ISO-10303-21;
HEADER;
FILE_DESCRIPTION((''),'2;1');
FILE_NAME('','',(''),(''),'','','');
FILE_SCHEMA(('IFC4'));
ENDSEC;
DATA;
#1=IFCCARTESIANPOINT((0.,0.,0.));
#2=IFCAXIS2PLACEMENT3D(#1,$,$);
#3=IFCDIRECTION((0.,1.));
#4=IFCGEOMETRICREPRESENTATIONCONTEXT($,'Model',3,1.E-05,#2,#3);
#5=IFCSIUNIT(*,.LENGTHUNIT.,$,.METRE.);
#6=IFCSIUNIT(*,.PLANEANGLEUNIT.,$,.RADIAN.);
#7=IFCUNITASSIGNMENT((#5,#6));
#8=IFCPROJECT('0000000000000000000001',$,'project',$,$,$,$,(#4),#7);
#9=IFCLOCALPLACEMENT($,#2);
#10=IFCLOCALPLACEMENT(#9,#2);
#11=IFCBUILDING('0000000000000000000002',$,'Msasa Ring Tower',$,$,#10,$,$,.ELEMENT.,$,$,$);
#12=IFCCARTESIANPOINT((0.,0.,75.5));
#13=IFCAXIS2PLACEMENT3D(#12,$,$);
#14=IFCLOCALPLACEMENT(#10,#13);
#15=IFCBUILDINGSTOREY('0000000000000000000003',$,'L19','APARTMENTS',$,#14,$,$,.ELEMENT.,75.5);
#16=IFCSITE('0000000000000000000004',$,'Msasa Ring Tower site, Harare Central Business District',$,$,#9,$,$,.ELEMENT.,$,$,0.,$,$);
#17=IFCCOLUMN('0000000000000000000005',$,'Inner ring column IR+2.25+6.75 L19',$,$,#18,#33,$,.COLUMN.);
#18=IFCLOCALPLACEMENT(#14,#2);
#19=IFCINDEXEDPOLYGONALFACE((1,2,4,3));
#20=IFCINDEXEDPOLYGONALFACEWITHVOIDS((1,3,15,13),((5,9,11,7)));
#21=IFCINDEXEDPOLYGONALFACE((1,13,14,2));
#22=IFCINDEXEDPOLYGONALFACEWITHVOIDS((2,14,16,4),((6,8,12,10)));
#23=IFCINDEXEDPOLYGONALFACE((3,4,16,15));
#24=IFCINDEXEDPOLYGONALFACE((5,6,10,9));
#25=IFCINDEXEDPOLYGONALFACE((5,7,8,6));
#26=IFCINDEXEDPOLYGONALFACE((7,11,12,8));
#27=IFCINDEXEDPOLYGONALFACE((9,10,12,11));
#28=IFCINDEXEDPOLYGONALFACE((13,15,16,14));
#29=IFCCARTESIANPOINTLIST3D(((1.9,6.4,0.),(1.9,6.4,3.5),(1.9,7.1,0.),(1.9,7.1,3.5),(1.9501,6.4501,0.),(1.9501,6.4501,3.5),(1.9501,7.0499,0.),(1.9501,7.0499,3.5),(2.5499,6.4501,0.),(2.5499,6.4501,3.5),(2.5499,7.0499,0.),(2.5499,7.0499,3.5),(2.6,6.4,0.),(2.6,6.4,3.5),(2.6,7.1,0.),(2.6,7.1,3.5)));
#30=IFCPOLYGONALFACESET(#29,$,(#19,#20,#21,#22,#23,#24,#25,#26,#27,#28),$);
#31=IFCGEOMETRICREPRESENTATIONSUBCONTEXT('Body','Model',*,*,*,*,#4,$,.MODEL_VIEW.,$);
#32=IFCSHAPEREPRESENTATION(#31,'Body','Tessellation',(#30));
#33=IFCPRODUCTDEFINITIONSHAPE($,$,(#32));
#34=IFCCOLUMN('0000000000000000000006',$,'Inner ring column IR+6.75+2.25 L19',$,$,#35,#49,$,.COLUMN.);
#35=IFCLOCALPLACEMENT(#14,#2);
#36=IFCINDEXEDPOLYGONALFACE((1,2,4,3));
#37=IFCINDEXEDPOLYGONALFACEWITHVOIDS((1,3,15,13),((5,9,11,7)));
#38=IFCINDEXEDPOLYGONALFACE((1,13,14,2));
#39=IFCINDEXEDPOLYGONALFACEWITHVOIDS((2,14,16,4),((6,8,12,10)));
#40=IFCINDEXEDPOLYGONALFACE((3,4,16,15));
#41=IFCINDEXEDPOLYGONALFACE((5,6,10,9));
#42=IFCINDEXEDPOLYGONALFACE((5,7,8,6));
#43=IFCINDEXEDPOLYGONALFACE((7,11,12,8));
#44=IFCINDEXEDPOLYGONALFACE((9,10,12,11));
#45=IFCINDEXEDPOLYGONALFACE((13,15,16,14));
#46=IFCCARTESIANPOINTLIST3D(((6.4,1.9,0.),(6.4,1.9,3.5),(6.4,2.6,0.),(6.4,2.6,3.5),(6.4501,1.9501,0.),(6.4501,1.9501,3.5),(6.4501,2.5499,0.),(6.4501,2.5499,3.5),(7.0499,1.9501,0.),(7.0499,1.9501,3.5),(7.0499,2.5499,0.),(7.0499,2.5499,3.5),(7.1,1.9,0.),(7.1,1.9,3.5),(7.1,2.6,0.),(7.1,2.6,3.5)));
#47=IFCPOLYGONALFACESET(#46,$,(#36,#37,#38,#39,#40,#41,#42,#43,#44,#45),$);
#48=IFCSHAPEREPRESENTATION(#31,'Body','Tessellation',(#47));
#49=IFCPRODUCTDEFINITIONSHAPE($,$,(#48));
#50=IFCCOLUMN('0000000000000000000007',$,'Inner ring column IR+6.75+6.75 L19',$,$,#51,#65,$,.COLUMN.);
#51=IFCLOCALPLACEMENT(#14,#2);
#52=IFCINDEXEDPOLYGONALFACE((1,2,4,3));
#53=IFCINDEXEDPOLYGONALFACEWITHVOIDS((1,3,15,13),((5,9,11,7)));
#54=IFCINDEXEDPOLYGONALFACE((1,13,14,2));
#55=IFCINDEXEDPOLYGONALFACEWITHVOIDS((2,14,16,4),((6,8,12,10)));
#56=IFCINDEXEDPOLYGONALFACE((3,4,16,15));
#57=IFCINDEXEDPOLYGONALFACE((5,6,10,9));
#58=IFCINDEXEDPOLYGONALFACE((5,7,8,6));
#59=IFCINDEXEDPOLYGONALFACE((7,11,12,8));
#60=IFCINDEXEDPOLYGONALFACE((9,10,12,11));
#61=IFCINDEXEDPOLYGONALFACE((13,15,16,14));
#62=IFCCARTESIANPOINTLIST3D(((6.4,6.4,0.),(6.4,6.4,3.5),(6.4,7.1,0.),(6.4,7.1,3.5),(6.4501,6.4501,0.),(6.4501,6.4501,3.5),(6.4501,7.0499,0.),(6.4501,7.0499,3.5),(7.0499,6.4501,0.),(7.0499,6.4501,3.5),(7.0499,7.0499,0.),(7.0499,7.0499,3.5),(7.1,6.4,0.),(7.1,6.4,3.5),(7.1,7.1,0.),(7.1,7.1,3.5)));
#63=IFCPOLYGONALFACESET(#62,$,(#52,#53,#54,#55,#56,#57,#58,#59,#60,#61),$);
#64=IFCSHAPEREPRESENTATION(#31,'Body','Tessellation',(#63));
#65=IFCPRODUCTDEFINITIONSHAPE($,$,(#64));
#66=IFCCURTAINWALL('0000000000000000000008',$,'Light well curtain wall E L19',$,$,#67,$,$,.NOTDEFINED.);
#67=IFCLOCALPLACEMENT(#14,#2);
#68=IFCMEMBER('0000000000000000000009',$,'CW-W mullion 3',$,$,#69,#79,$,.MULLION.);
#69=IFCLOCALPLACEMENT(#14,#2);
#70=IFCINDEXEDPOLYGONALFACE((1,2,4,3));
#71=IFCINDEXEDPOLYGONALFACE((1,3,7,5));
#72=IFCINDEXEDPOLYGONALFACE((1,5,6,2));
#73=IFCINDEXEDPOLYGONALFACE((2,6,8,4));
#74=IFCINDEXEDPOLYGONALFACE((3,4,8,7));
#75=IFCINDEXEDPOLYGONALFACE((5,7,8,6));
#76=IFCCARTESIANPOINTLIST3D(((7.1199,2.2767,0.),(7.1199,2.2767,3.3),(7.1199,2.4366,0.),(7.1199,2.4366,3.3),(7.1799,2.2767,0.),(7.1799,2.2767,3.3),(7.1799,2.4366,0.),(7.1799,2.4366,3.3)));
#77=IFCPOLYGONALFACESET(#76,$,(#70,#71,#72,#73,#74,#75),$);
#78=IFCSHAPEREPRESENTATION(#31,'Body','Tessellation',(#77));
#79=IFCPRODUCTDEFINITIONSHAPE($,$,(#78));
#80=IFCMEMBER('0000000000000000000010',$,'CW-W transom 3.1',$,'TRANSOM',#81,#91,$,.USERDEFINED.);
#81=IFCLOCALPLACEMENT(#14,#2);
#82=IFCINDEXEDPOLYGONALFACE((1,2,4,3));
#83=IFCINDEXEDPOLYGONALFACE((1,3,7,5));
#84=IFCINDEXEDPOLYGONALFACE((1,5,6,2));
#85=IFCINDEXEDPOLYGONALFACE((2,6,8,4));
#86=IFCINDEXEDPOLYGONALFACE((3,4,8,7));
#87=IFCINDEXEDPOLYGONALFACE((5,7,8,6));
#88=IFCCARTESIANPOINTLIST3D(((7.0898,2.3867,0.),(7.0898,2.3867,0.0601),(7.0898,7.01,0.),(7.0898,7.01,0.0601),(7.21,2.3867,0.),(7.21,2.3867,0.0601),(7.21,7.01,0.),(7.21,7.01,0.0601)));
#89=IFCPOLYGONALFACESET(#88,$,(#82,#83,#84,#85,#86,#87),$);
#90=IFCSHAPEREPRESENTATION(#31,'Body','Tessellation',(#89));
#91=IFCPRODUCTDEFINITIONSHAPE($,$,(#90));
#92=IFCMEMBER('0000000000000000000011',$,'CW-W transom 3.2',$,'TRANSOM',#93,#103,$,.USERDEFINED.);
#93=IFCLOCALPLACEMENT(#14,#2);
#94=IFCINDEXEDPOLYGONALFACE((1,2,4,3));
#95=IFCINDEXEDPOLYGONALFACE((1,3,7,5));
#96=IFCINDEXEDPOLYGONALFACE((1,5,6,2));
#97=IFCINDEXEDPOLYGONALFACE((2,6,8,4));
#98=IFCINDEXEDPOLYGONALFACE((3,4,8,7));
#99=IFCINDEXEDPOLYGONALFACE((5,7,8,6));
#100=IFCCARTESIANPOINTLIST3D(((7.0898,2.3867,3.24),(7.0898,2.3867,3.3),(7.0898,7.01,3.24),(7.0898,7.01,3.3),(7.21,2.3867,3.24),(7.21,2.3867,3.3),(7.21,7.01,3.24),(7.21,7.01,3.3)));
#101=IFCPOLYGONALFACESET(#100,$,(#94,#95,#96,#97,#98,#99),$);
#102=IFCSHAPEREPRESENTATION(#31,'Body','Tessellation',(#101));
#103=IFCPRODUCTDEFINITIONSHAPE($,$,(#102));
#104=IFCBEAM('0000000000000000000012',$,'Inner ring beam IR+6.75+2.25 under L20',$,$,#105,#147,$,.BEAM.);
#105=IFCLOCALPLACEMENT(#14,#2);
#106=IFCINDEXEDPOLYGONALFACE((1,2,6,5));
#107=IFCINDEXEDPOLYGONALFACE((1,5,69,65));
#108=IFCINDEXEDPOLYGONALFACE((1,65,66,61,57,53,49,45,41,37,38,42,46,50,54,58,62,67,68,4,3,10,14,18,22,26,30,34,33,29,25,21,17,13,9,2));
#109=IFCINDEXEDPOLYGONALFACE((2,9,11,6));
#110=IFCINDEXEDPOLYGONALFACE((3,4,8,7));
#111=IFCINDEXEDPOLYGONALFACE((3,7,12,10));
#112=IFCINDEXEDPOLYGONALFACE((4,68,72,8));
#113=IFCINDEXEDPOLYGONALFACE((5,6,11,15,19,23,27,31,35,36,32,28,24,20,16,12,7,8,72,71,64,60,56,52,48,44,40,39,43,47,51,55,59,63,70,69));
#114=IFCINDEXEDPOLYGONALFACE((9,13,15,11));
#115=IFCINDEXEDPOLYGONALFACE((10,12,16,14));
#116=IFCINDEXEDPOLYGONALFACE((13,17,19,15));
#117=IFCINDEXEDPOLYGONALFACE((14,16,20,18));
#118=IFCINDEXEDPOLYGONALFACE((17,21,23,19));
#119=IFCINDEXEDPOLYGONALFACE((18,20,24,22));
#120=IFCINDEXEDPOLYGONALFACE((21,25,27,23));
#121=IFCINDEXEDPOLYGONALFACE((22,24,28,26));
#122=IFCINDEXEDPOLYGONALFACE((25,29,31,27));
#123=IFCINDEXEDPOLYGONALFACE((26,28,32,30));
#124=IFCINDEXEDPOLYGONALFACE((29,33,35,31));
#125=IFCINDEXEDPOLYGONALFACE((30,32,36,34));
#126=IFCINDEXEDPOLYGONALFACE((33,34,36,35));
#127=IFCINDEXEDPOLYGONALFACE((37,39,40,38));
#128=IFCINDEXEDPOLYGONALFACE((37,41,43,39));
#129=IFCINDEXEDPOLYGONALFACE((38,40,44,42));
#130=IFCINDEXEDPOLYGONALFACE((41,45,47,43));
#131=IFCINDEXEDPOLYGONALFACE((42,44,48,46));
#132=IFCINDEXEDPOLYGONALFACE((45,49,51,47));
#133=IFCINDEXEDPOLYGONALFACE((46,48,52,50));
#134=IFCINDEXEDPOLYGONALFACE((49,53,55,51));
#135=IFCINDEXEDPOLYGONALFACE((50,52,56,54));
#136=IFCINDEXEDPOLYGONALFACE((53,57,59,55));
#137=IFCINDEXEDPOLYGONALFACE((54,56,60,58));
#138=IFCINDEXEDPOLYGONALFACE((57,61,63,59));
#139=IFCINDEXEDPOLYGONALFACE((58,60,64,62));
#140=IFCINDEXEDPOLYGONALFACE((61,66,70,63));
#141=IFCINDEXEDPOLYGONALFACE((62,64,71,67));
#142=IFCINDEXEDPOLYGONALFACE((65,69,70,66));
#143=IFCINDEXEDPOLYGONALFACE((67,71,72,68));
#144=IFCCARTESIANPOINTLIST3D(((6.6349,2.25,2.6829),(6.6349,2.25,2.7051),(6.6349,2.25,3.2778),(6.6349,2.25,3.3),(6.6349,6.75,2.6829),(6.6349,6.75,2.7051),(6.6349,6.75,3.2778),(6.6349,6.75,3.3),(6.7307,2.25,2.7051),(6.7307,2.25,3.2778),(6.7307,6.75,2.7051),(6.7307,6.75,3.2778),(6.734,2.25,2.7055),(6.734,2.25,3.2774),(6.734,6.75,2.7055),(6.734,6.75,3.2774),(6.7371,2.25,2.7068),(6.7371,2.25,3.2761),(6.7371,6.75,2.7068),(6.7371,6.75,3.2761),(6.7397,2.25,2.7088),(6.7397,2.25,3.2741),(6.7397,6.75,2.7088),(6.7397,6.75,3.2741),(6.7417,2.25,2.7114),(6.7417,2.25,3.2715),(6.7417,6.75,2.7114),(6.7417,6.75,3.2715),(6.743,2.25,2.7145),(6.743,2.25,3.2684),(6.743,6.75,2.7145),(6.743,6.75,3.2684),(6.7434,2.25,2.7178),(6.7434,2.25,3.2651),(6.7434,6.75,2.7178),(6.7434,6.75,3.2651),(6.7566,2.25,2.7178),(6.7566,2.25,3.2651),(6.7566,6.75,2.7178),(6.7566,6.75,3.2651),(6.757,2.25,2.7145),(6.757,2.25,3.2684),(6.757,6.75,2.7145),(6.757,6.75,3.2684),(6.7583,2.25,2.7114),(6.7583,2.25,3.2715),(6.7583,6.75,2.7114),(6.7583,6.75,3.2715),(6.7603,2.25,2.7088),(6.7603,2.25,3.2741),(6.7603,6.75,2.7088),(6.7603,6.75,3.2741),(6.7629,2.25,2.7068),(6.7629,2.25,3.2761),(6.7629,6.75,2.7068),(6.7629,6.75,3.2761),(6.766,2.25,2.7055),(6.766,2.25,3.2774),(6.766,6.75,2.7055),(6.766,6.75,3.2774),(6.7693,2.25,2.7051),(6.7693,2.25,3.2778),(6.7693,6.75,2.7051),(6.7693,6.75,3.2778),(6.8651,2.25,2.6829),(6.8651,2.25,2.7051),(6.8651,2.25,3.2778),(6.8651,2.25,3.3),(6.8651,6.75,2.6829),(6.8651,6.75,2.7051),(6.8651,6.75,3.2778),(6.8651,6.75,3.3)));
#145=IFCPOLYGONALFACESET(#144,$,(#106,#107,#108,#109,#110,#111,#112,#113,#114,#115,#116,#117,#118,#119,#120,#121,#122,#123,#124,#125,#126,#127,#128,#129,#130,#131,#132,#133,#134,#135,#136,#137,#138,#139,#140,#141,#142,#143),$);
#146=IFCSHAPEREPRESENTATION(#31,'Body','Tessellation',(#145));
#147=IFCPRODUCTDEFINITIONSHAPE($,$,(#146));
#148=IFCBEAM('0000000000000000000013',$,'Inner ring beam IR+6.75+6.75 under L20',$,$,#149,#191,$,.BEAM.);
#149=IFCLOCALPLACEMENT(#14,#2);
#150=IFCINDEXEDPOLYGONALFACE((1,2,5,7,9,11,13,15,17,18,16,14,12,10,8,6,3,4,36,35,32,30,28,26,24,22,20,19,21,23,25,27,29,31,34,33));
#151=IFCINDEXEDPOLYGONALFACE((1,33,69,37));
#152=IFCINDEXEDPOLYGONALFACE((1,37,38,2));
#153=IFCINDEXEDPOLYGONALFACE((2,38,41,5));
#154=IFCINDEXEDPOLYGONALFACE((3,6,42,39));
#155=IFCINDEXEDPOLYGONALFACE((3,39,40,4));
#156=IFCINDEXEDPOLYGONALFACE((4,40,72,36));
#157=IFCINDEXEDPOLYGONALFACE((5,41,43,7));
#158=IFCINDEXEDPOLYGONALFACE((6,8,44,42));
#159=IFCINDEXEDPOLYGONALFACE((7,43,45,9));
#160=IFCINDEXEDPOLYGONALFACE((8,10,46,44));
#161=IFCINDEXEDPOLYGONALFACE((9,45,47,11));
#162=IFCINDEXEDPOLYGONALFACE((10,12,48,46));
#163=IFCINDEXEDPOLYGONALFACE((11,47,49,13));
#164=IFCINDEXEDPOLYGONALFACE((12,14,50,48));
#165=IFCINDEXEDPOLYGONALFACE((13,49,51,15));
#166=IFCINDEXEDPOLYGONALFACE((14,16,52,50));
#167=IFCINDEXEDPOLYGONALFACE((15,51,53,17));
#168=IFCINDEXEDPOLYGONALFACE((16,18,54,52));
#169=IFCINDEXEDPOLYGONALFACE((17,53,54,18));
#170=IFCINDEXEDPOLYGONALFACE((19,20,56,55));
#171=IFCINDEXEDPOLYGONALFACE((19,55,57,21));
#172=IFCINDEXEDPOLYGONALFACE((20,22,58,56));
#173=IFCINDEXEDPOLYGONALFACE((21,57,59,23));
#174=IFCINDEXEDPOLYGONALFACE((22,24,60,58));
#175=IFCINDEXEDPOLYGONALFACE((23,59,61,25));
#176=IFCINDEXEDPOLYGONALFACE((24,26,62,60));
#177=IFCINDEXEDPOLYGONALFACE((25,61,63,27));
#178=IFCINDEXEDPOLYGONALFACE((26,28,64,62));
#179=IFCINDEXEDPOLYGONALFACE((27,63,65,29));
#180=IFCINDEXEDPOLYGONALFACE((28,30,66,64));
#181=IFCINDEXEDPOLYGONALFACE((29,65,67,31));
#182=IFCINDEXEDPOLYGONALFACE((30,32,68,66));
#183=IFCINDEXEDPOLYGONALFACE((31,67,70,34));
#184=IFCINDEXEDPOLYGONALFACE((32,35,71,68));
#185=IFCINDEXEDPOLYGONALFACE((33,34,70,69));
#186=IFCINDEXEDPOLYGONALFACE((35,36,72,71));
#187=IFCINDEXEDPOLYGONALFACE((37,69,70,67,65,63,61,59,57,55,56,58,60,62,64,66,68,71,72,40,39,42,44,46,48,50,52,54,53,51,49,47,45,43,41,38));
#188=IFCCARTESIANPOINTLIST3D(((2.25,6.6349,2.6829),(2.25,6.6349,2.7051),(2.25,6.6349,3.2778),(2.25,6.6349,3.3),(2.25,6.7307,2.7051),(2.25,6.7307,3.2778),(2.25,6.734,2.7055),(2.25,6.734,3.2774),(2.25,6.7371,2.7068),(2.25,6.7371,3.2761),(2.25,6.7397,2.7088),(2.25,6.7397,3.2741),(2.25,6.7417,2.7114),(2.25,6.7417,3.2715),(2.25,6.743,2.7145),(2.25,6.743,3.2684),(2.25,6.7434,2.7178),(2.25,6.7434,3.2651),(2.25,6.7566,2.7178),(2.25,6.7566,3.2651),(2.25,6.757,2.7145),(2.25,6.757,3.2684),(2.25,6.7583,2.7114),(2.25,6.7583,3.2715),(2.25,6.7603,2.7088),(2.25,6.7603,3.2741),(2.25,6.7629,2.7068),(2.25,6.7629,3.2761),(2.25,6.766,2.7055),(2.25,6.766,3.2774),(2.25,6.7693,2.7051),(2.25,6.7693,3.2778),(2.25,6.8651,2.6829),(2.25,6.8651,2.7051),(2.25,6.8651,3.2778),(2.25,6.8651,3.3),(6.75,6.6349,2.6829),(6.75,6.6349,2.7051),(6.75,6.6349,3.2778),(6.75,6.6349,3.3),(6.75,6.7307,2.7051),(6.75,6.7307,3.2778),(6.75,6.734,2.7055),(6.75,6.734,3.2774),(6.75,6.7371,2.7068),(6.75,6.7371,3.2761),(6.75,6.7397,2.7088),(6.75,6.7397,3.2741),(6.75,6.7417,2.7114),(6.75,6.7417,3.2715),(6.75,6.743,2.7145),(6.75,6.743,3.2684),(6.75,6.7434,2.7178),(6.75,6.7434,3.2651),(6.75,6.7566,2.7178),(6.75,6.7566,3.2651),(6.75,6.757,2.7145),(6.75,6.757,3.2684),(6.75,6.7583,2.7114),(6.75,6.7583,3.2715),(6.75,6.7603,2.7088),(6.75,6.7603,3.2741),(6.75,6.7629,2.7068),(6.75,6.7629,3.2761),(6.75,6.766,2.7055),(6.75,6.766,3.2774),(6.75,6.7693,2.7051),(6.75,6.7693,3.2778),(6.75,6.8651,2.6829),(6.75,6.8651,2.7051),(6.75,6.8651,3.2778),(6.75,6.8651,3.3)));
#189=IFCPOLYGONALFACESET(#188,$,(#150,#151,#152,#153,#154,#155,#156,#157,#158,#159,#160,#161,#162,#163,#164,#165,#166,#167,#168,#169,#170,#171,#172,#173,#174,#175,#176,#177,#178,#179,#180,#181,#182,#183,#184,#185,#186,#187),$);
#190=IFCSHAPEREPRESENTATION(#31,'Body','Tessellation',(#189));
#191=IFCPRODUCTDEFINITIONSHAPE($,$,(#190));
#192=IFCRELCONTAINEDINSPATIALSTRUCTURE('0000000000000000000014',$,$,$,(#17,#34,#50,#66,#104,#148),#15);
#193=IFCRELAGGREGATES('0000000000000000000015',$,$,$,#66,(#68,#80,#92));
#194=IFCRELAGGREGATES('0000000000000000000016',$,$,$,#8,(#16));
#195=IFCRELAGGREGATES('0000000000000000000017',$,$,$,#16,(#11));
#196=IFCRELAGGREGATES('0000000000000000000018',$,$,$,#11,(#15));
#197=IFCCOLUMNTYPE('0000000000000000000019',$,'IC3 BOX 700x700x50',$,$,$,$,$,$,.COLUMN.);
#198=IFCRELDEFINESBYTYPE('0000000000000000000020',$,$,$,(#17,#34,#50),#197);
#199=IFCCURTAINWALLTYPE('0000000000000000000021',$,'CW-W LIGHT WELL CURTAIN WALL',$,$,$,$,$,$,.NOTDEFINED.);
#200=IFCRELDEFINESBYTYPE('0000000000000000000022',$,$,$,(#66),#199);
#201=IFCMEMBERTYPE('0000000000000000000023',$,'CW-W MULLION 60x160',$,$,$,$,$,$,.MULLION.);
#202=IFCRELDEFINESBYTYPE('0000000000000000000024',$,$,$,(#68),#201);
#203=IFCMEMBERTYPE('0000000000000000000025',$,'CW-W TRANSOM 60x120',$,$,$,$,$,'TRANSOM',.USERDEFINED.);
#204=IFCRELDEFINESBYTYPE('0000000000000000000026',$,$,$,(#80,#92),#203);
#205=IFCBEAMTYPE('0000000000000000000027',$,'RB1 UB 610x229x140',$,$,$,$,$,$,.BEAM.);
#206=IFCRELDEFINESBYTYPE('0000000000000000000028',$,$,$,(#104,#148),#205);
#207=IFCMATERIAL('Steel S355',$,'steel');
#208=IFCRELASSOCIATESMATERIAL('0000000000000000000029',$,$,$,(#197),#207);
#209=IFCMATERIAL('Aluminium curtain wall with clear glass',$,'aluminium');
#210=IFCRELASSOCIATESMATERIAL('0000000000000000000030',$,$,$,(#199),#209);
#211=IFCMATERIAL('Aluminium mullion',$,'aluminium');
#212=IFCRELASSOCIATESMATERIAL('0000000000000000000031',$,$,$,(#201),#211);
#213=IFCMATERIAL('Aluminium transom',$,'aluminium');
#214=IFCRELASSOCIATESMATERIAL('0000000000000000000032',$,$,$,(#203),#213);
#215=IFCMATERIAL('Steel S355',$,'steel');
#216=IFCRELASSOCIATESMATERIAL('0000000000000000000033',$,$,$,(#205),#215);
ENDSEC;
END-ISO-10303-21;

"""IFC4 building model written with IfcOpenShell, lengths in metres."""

from ifc_helpers import new_model, si_unit, direction, frame, origin, origin_2d, place, context, subcontext, project, spatial, rectangle, hollow_rectangle, i_section, extrude, material, material_profile, profile_set, type_object, element, aggregate, save


model = new_model("IFC4")

# Units and contexts
model_context = context("Model", 3, precision=1e-05, world=origin(), true_north=direction((0.0, 1.0)))
body_context = subcontext(model_context, "Body", "Model", "MODEL_VIEW")
ifc_project = project(units=[si_unit("LENGTHUNIT", "METRE"), si_unit("PLANEANGLEUNIT", "RADIAN")], contexts=[model_context])

# Site, building, storey
site_placement = place(None, origin())
site = spatial("IfcSite", under=ifc_project, at=site_placement, Name="Msasa Ring Tower site, Harare Central Business District", CompositionType="ELEMENT", RefElevation=0.0)
building_placement = place(site_placement, origin())
building = spatial("IfcBuilding", under=site, at=building_placement, Name="Msasa Ring Tower", CompositionType="ELEMENT")
storey_placement = place(building_placement, frame((0.0, 0.0, 75.5)))
storey = spatial("IfcBuildingStorey", under=building, at=storey_placement, Name="L19", Description="APARTMENTS", CompositionType="ELEMENT", Elevation=75.5)

# Columns
ifc_material_1 = material(Name="Steel S355", Category="steel")
ifc_material_profile_1 = material_profile(ifc_material_1, hollow_rectangle(XDim=0.7, YDim=0.7, WallThickness=0.05, at=origin_2d()), Name="BOX 700x700x50")
ifc_profile_set_1 = profile_set([ifc_material_profile_1], Name="Steel S355")
column_type = type_object("IfcColumnType", Name="IC3 BOX 700x700x50", PredefinedType="COLUMN", material=ifc_profile_set_1)
for number, where, z_axis, x_axis, name in (
    (1, (2.25, 6.75, 0.0), (0.0, 0.0, 1.0), (1.0, 0.0, 0.0), "Inner ring column IR+2.25+6.75 L19"),
    (2, (6.75, 2.25, 0.0), (0.0, 0.0, 1.0), (1.0, 0.0, 0.0), "Inner ring column IR+6.75+2.25 L19"),
    (3, (6.75, 6.75, 0.0), (0.0, 0.0, 1.0), (1.0, 0.0, 0.0), "Inner ring column IR+6.75+6.75 L19"),
):
    element("IfcColumn", number, at=place(storey_placement, frame(where, z_axis=z_axis, x_axis=x_axis)), inside=storey, type_object=column_type, Name=name, PredefinedType="COLUMN", context=body_context, shape_type="SweptSolid", body=[
        extrude(hollow_rectangle(XDim=0.7, YDim=0.7, WallThickness=0.05, at=origin_2d()), origin(), (0.0, 0.0, 1.0), 3.5),
    ])

# Curtain wall, members
ifc_material_2 = material(Name="Aluminium curtain wall with clear glass", Category="aluminium")
curtain_wall_type = type_object("IfcCurtainWallType", Name="CW-W LIGHT WELL CURTAIN WALL", PredefinedType="NOTDEFINED", material=ifc_material_2)
curtain_wall_placement = place(storey_placement, origin())
curtain_wall = element("IfcCurtainWall", 4, at=curtain_wall_placement, inside=storey, type_object=curtain_wall_type, Name="Light well curtain wall E L19", PredefinedType="NOTDEFINED")
ifc_material_3 = material(Name="Aluminium mullion", Category="aluminium")
ifc_material_profile_2 = material_profile(ifc_material_3, rectangle(XDim=0.0601, YDim=0.1599, at=origin_2d()), Name="AL 60x160")
ifc_profile_set_2 = profile_set([ifc_material_profile_2], Name="Aluminium mullion")
member_type_1 = type_object("IfcMemberType", Name="CW-W MULLION 60x160", PredefinedType="MULLION", material=ifc_profile_set_2)
member_1_placement = place(storey_placement, frame((7.1499, 2.3567, 0.0), z_axis=(0.0, 0.0, 1.0), x_axis=(-1.0, 0.0, 0.0)))
member_1 = element("IfcMember", 5, at=member_1_placement, type_object=member_type_1, Name="CW-W mullion 3", PredefinedType="MULLION", context=body_context, shape_type="SweptSolid", body=[
    extrude(rectangle(XDim=0.0601, YDim=0.1599, at=origin_2d()), origin(), (0.0, 0.0, 1.0), 3.3),
])
ifc_material_4 = material(Name="Aluminium transom", Category="aluminium")
ifc_material_profile_3 = material_profile(ifc_material_4, rectangle(XDim=0.1201, YDim=0.0601, at=origin_2d()), Name="AL 60x120")
ifc_profile_set_3 = profile_set([ifc_material_profile_3], Name="Aluminium transom")
member_type_2 = type_object("IfcMemberType", Name="CW-W TRANSOM 60x120", ElementType="TRANSOM", PredefinedType="USERDEFINED", material=ifc_profile_set_3)
member_2_placement = place(storey_placement, frame((7.1499, 2.3867, 0.03), z_axis=(0.0, 1.0, 0.0), x_axis=(-1.0, 0.0, 0.0)))
member_2 = element("IfcMember", 6, at=member_2_placement, type_object=member_type_2, Name="CW-W transom 3.1", ObjectType="TRANSOM", PredefinedType="USERDEFINED", context=body_context, shape_type="SweptSolid", body=[
    extrude(rectangle(XDim=0.1201, YDim=0.0601, at=origin_2d()), origin(), (0.0, 0.0, 1.0), 4.6233),
])
member_3_placement = place(storey_placement, frame((7.1499, 2.3867, 3.27), z_axis=(0.0, 1.0, 0.0), x_axis=(-1.0, 0.0, 0.0)))
member_3 = element("IfcMember", 7, at=member_3_placement, type_object=member_type_2, Name="CW-W transom 3.2", ObjectType="TRANSOM", PredefinedType="USERDEFINED", context=body_context, shape_type="SweptSolid", body=[
    extrude(rectangle(XDim=0.1201, YDim=0.0601, at=origin_2d()), origin(), (0.0, 0.0, 1.0), 4.6233),
])

# Beams
ifc_material_5 = material(Name="Steel S355", Category="steel")
ifc_material_profile_4 = material_profile(ifc_material_5, i_section(OverallWidth=0.2302, OverallDepth=0.6172, WebThickness=0.0132, FlangeThickness=0.0222, FilletRadius=0.0127, at=origin_2d()), Name="UB 610x229x140")
ifc_profile_set_4 = profile_set([ifc_material_profile_4], Name="Steel S355")
beam_type = type_object("IfcBeamType", Name="RB1 UB 610x229x140", PredefinedType="BEAM", material=ifc_profile_set_4)
for number, where, z_axis, x_axis, name in (
    (8, (6.75, 2.25, 2.9915), (0.0, 1.0, 0.0), (-1.0, 0.0, 0.0), "Inner ring beam IR+6.75+2.25 under L20"),
    (9, (6.75, 6.75, 2.9915), (-1.0, 0.0, 0.0), (0.0, -1.0, 0.0), "Inner ring beam IR+6.75+6.75 under L20"),
):
    element("IfcBeam", number, at=place(storey_placement, frame(where, z_axis=z_axis, x_axis=x_axis)), inside=storey, type_object=beam_type, Name=name, PredefinedType="BEAM", context=body_context, shape_type="SweptSolid", body=[
        extrude(i_section(OverallWidth=0.2302, OverallDepth=0.6172, WebThickness=0.0132, FlangeThickness=0.0222, FilletRadius=0.0127, at=origin_2d()), origin(), (0.0, 0.0, 1.0), 4.5),
    ])

aggregate(curtain_wall, [member_1, member_2, member_3])

save(model, "model.ifc")
